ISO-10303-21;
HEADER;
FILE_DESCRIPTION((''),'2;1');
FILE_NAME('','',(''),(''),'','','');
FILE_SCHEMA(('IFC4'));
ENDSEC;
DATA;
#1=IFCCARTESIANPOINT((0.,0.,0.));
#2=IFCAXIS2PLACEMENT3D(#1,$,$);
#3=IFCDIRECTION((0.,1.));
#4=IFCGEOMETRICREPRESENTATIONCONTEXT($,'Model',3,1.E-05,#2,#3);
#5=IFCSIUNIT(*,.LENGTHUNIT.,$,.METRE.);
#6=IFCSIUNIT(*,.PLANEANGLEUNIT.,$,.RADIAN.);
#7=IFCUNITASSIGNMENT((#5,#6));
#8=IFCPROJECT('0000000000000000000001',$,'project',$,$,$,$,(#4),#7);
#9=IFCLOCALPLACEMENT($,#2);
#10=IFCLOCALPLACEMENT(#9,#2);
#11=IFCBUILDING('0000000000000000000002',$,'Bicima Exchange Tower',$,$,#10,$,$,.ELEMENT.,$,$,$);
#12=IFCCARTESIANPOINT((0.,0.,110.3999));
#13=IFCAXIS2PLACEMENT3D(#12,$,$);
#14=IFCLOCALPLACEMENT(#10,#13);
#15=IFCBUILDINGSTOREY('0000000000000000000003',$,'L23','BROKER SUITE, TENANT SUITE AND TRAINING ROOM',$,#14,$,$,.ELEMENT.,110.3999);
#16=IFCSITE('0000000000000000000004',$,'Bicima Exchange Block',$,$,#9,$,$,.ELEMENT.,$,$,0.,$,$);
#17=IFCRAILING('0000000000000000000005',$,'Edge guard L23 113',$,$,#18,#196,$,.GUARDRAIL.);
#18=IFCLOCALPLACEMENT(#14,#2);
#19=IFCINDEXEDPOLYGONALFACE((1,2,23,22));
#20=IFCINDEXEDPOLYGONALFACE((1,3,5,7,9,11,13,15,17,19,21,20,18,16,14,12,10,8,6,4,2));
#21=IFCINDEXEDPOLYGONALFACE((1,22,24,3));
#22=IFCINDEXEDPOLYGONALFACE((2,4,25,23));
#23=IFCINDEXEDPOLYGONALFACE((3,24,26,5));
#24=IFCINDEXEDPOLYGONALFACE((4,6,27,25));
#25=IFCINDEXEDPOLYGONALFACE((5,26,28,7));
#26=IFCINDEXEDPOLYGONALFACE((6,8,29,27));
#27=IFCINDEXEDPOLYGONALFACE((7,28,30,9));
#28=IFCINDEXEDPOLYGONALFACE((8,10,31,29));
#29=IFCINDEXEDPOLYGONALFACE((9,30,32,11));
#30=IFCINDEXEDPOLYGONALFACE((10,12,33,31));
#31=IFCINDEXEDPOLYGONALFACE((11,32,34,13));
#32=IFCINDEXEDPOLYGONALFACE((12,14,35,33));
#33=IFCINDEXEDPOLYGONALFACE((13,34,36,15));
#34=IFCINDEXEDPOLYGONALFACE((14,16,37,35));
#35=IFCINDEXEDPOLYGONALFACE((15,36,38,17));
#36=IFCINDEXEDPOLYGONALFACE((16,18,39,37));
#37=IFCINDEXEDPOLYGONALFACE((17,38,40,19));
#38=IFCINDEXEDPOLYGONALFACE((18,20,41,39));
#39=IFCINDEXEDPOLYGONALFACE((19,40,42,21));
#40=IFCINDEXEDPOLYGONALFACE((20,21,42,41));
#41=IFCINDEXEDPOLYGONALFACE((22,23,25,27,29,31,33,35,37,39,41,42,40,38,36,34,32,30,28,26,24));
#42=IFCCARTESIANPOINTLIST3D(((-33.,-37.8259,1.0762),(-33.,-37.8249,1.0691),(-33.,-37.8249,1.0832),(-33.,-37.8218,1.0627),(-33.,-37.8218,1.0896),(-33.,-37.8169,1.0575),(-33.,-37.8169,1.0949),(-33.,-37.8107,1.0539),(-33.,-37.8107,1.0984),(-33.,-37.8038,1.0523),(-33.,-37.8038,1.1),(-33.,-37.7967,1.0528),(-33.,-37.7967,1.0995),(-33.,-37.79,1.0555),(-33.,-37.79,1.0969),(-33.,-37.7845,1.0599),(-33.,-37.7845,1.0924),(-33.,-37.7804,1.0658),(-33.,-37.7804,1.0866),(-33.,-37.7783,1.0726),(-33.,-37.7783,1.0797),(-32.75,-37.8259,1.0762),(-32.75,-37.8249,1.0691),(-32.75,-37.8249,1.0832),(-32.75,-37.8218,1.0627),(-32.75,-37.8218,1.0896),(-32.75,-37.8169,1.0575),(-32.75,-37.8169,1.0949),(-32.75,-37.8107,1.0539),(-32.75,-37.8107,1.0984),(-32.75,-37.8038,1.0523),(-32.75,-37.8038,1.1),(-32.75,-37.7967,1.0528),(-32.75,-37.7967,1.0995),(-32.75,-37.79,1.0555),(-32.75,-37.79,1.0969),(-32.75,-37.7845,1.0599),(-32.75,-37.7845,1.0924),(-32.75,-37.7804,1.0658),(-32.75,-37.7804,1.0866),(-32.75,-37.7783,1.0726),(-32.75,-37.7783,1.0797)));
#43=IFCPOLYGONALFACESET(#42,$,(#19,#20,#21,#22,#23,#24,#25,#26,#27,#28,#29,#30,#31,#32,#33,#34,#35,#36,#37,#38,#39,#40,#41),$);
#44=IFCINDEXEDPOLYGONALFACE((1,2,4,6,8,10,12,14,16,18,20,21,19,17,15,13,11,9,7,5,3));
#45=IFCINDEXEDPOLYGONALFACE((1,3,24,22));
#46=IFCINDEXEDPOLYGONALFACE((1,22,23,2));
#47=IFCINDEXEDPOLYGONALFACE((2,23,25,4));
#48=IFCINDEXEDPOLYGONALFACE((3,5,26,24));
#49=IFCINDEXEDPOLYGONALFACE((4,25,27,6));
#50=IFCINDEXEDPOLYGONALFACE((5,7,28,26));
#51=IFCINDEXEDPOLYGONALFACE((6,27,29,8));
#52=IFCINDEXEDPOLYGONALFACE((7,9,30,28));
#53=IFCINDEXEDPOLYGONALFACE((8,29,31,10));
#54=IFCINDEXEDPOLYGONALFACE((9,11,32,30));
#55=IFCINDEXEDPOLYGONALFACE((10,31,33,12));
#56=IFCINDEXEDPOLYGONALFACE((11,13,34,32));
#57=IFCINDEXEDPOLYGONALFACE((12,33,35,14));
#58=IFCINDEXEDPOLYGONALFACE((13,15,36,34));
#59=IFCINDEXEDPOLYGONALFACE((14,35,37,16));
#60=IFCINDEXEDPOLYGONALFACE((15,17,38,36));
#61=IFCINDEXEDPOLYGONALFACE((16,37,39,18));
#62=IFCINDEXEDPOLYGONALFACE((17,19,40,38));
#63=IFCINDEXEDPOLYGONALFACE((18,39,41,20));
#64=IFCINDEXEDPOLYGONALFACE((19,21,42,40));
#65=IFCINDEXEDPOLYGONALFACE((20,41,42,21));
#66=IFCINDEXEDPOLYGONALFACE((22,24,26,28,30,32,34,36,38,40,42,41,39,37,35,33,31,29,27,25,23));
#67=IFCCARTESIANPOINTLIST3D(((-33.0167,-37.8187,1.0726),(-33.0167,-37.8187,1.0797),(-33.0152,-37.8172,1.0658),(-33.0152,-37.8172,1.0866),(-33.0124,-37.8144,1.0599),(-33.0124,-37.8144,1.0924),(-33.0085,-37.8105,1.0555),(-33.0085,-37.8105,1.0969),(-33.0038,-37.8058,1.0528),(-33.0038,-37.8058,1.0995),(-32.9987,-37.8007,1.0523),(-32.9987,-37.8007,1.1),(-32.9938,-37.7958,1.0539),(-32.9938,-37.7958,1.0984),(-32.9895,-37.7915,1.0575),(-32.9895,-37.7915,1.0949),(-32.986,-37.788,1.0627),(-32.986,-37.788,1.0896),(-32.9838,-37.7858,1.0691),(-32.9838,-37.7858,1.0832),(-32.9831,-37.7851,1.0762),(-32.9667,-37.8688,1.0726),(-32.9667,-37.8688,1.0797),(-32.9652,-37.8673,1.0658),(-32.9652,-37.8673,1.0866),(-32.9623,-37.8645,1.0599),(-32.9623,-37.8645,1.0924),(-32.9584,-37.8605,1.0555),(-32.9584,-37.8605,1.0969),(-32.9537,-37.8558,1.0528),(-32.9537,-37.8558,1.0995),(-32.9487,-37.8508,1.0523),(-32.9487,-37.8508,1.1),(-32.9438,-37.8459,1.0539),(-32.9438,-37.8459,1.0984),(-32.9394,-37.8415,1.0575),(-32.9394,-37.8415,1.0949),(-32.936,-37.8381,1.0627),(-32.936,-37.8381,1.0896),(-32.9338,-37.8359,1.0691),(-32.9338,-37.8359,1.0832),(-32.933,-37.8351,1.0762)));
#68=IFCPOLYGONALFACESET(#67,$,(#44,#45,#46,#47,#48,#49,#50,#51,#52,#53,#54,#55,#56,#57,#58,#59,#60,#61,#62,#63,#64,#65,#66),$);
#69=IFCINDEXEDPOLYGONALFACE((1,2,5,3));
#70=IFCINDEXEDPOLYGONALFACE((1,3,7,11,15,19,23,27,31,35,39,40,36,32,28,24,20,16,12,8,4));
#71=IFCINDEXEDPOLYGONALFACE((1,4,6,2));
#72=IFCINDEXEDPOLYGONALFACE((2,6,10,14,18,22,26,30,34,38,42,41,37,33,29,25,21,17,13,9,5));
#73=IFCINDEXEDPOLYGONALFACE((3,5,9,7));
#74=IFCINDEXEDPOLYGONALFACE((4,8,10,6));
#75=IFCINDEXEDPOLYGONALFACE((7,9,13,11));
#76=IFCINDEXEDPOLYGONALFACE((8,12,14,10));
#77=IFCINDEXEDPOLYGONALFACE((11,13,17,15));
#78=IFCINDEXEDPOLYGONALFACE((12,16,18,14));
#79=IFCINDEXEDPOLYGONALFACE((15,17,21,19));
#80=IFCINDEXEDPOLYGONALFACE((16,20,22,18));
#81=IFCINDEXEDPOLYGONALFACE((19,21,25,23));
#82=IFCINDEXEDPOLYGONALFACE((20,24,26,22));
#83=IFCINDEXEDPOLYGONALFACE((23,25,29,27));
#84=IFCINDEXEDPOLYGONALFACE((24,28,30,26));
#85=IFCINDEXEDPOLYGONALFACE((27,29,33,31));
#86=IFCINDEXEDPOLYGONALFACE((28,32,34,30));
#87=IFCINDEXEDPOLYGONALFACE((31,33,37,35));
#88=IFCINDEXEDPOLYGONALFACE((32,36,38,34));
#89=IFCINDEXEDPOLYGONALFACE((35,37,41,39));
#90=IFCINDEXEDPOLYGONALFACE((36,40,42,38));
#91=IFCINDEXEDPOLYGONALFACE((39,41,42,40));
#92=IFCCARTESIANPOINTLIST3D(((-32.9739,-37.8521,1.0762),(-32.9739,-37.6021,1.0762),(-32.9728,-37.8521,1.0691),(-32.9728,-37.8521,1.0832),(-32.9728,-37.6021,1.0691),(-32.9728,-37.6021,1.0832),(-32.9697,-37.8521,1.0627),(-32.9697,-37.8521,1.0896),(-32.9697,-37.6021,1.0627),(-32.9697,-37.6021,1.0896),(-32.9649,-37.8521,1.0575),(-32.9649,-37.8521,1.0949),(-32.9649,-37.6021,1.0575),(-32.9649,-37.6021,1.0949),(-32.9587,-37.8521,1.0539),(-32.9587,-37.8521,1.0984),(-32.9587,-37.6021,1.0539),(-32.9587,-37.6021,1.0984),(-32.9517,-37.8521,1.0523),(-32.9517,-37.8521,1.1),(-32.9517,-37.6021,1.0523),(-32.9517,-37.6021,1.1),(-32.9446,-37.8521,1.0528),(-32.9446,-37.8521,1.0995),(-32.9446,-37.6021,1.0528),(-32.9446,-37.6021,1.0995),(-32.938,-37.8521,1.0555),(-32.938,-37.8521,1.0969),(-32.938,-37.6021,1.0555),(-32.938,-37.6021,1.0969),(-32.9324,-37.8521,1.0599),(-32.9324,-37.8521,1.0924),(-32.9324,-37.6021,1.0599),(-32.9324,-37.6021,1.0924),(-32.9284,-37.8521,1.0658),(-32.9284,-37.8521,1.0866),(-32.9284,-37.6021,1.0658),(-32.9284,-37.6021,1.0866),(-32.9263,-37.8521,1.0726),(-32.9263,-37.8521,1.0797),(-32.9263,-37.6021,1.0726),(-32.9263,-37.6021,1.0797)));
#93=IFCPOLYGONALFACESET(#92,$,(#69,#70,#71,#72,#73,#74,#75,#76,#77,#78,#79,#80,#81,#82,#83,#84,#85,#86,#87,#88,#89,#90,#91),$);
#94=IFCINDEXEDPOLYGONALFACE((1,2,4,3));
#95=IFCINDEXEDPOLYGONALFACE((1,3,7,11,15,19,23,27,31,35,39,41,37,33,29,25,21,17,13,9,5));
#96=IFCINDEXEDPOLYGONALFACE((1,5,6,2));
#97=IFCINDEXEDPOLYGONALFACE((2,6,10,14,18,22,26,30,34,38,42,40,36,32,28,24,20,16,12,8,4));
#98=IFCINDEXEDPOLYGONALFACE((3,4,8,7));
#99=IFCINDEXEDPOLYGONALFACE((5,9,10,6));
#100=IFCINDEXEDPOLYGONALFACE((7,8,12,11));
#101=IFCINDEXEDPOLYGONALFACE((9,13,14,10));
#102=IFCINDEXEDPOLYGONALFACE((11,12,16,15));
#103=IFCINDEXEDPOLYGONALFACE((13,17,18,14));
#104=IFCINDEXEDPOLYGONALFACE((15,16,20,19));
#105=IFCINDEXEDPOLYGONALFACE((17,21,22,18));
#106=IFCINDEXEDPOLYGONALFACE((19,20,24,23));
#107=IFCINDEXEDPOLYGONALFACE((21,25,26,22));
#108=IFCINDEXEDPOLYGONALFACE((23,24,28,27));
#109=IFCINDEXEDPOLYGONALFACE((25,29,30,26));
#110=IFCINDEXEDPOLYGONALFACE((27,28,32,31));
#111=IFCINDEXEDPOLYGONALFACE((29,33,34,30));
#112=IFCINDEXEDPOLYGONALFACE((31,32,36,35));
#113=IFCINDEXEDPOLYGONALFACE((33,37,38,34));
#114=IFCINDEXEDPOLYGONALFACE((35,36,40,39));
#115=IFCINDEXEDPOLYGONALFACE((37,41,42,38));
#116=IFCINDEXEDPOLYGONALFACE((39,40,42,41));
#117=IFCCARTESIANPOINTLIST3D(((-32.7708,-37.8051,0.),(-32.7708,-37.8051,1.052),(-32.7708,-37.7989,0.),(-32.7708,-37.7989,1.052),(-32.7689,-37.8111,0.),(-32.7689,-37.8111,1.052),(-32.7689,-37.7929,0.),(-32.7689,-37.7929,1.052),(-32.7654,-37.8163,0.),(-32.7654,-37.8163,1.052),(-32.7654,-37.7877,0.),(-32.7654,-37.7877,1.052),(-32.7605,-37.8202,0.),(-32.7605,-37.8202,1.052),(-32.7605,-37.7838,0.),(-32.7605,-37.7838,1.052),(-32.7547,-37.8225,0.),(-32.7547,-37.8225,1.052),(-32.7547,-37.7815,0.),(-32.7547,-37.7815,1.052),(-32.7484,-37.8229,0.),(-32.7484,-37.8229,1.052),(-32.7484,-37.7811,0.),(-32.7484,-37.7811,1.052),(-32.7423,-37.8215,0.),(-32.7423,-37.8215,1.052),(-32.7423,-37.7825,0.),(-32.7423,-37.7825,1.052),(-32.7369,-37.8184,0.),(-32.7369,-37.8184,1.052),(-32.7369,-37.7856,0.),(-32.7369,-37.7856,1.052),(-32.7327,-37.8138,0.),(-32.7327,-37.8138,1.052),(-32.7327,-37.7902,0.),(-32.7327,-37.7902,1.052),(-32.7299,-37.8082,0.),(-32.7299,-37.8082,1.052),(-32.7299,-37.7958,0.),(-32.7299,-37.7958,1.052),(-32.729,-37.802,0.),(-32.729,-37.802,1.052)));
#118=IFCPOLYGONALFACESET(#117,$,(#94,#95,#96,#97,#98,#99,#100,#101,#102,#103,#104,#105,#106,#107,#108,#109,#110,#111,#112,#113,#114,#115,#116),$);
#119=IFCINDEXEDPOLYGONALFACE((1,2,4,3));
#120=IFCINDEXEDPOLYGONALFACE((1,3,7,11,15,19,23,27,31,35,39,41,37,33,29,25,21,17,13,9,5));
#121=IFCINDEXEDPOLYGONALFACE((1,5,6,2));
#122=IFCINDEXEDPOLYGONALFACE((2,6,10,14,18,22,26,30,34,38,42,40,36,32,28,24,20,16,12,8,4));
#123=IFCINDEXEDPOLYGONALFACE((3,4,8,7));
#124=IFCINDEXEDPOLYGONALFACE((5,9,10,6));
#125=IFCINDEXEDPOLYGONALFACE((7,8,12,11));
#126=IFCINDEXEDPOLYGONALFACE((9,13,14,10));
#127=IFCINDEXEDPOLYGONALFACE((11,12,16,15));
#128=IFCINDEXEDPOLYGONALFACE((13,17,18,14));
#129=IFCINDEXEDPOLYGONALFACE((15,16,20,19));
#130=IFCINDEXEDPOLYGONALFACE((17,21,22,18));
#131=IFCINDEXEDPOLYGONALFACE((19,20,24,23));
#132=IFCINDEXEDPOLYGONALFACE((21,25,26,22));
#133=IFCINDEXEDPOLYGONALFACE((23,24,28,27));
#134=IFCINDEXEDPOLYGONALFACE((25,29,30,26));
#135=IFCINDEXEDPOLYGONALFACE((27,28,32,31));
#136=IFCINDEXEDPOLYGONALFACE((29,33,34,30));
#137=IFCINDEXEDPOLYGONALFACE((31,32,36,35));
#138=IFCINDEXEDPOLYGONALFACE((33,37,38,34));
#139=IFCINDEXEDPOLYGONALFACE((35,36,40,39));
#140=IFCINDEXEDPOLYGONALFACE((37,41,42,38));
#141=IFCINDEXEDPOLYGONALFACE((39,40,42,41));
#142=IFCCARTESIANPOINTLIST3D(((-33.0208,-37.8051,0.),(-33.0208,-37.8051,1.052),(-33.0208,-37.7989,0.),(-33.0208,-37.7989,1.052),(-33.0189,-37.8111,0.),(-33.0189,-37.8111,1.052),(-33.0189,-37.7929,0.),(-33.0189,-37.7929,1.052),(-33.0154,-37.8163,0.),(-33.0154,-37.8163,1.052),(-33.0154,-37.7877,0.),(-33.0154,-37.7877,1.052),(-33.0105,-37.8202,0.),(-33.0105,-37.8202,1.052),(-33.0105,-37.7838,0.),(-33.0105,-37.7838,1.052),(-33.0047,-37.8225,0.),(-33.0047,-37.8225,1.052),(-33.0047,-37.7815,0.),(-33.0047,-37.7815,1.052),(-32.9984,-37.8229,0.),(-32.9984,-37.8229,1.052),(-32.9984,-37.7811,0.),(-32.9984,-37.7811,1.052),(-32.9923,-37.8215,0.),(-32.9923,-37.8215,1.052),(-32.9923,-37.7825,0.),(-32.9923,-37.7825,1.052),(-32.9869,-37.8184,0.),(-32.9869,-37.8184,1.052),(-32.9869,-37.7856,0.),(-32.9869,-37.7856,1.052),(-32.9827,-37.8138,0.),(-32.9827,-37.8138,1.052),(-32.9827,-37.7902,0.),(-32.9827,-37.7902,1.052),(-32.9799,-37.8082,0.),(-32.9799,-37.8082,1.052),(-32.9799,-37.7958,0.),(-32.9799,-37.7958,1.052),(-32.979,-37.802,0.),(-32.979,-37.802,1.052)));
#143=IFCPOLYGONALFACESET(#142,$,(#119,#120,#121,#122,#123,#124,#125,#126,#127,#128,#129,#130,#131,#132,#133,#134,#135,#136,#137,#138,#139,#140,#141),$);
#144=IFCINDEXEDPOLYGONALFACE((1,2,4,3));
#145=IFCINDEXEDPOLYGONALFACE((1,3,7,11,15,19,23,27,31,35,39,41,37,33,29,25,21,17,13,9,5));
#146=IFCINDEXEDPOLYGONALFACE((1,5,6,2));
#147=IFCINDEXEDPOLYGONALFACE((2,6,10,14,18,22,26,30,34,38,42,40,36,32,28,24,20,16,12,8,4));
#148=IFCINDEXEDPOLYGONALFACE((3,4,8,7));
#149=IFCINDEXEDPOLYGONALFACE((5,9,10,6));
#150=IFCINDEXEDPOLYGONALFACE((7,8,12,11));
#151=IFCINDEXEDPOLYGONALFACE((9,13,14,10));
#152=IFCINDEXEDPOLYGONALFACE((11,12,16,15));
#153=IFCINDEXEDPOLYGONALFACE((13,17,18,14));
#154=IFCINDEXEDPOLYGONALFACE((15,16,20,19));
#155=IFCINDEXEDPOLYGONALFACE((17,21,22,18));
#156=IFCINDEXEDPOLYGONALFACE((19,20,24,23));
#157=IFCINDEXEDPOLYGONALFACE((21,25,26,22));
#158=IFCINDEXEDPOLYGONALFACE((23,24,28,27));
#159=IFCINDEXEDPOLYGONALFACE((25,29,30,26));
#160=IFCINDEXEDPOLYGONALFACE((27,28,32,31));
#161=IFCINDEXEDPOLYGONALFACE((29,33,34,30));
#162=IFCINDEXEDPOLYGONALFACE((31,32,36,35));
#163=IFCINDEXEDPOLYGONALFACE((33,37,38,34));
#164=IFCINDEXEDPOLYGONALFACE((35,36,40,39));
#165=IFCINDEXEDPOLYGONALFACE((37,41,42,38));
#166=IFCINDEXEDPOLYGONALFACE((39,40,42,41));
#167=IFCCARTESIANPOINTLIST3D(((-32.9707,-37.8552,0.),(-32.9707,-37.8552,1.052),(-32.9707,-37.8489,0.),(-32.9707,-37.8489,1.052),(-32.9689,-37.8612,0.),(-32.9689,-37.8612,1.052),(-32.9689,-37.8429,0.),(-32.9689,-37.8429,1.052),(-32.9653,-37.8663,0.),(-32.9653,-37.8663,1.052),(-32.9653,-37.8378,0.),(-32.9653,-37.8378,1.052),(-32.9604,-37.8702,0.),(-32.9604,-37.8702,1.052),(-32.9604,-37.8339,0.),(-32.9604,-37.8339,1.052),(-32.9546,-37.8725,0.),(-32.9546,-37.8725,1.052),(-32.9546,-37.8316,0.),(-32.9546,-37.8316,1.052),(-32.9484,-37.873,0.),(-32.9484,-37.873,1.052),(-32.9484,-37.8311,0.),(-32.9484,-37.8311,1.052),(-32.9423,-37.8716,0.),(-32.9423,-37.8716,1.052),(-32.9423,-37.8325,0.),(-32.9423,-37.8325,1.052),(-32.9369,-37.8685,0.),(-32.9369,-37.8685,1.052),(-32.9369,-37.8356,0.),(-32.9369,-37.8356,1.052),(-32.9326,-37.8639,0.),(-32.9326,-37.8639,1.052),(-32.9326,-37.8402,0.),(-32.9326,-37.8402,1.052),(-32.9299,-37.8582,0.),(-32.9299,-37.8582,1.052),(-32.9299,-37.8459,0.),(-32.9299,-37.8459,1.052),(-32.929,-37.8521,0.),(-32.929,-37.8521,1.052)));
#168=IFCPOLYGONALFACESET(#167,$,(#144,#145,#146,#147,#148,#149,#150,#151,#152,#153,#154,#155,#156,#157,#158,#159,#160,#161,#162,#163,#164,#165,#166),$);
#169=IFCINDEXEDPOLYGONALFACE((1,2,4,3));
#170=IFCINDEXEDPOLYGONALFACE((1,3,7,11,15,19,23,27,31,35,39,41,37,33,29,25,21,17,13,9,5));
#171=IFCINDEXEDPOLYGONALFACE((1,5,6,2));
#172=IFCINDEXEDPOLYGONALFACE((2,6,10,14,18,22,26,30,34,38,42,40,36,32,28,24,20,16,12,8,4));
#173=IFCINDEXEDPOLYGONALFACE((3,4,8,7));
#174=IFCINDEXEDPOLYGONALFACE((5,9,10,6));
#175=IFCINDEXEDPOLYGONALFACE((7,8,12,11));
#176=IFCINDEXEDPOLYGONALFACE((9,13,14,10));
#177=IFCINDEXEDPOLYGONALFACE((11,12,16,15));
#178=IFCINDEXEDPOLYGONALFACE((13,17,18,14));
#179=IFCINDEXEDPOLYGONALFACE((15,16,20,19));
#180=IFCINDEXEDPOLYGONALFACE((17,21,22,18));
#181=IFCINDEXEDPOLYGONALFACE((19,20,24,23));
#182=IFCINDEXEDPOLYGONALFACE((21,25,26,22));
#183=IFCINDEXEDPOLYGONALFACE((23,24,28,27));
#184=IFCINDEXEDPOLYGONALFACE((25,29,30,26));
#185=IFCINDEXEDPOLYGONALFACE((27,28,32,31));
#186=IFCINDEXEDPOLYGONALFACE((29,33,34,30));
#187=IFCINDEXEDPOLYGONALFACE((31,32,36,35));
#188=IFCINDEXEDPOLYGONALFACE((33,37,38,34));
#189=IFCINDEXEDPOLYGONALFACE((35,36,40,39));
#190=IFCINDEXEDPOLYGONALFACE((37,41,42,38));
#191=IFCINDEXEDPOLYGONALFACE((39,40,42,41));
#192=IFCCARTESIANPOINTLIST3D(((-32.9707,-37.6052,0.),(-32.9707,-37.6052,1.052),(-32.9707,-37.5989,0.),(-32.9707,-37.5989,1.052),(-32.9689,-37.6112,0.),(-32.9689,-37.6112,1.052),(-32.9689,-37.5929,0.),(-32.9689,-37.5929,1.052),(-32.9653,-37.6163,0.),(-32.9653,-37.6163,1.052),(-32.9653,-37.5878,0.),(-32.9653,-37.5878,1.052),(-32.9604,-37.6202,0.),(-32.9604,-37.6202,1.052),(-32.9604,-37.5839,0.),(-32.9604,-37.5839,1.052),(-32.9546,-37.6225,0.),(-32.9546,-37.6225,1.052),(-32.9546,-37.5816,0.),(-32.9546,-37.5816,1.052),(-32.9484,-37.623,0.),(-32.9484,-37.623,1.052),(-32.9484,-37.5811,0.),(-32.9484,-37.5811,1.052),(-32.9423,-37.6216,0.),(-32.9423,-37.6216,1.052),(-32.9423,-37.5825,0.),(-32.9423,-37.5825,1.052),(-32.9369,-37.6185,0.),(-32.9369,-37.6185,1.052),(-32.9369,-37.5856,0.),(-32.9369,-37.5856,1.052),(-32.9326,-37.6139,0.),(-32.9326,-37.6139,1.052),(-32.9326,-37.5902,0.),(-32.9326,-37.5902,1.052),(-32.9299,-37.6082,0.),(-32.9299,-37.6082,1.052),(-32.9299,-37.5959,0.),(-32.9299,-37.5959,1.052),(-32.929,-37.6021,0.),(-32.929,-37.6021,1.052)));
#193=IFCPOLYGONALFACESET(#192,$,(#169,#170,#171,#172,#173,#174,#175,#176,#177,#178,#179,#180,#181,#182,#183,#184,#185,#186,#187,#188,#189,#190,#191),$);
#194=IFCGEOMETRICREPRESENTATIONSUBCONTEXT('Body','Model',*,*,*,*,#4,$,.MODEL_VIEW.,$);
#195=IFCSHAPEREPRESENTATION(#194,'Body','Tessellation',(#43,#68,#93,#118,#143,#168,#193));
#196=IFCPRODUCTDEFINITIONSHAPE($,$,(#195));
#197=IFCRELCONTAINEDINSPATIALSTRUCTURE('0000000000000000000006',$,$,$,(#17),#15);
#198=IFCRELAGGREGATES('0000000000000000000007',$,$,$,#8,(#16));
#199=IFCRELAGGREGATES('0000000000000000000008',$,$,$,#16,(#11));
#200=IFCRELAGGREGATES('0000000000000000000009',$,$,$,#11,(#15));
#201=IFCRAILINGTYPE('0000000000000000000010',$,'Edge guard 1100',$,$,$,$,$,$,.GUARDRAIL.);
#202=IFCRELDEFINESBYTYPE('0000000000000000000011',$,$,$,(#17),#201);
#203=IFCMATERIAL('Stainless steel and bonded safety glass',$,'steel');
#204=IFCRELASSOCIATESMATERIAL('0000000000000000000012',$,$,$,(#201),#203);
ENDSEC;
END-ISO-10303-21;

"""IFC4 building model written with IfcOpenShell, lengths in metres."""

from ifc_helpers import new_model, si_unit, direction, frame, origin, origin_2d, place, context, subcontext, project, spatial, circle, extrude, material, type_object, element, save


model = new_model("IFC4")

# Units and contexts
model_context = context("Model", 3, precision=1e-05, world=origin(), true_north=direction((0.0, 1.0)))
body_context = subcontext(model_context, "Body", "Model", "MODEL_VIEW")
ifc_project = project(units=[si_unit("LENGTHUNIT", "METRE"), si_unit("PLANEANGLEUNIT", "RADIAN")], contexts=[model_context])

# Site, building, storey
site_placement = place(None, origin())
site = spatial("IfcSite", under=ifc_project, at=site_placement, Name="Bicima Exchange Block", CompositionType="ELEMENT", RefElevation=0.0)
building_placement = place(site_placement, origin())
building = spatial("IfcBuilding", under=site, at=building_placement, Name="Bicima Exchange Tower", CompositionType="ELEMENT")
storey_placement = place(building_placement, frame((0.0, 0.0, 110.3999)))
storey = spatial("IfcBuildingStorey", under=building, at=storey_placement, Name="L23", Description="BROKER SUITE, TENANT SUITE AND TRAINING ROOM", CompositionType="ELEMENT", Elevation=110.3999)

# Railing
ifc_material_1 = material(Name="Stainless steel and bonded safety glass", Category="steel")
railing_type = type_object("IfcRailingType", Name="Edge guard 1100", PredefinedType="GUARDRAIL", material=ifc_material_1)
railing_1_placement = place(storey_placement, frame((-32.75, -37.802, 0.0)))
element("IfcRailing", 1, at=railing_1_placement, inside=storey, type_object=railing_type, Name="Edge guard L23 113", PredefinedType="GUARDRAIL", context=body_context, shape_type="SweptSolid", body=[
    extrude(circle(Radius=0.0239, at=origin_2d()), frame((0.0, 0.0, 1.0762), z_axis=(-1.0, 0.0, 0.0), x_axis=(0.0, -1.0, 0.0)), (0.0, 0.0, 1.0), 0.25),
    extrude(circle(Radius=0.0239, at=origin_2d()), frame((-0.25, 0.0, 1.0762), z_axis=(0.707107, -0.707107, 0.0), x_axis=(0.707107, 0.707107, 0.0)), (0.0, 0.0, 1.0), 0.0708),
    extrude(circle(Radius=0.0239, at=origin_2d()), frame((-0.2, -0.05, 1.0762), z_axis=(0.0, 1.0, 0.0), x_axis=(-1.0, 0.0, 0.0)), (0.0, 0.0, 1.0), 0.25),
    extrude(circle(Radius=0.021, at=origin_2d()), origin(), (0.0, 0.0, 1.0), 1.052),
    extrude(circle(Radius=0.021, at=origin_2d()), frame((-0.25, 0.0, 0.0)), (0.0, 0.0, 1.0), 1.052),
    extrude(circle(Radius=0.021, at=origin_2d()), frame((-0.2, -0.05, 0.0)), (0.0, 0.0, 1.0), 1.052),
    extrude(circle(Radius=0.021, at=origin_2d()), frame((-0.2, 0.2, 0.0)), (0.0, 0.0, 1.0), 1.052),
])

save(model, "model.ifc")
